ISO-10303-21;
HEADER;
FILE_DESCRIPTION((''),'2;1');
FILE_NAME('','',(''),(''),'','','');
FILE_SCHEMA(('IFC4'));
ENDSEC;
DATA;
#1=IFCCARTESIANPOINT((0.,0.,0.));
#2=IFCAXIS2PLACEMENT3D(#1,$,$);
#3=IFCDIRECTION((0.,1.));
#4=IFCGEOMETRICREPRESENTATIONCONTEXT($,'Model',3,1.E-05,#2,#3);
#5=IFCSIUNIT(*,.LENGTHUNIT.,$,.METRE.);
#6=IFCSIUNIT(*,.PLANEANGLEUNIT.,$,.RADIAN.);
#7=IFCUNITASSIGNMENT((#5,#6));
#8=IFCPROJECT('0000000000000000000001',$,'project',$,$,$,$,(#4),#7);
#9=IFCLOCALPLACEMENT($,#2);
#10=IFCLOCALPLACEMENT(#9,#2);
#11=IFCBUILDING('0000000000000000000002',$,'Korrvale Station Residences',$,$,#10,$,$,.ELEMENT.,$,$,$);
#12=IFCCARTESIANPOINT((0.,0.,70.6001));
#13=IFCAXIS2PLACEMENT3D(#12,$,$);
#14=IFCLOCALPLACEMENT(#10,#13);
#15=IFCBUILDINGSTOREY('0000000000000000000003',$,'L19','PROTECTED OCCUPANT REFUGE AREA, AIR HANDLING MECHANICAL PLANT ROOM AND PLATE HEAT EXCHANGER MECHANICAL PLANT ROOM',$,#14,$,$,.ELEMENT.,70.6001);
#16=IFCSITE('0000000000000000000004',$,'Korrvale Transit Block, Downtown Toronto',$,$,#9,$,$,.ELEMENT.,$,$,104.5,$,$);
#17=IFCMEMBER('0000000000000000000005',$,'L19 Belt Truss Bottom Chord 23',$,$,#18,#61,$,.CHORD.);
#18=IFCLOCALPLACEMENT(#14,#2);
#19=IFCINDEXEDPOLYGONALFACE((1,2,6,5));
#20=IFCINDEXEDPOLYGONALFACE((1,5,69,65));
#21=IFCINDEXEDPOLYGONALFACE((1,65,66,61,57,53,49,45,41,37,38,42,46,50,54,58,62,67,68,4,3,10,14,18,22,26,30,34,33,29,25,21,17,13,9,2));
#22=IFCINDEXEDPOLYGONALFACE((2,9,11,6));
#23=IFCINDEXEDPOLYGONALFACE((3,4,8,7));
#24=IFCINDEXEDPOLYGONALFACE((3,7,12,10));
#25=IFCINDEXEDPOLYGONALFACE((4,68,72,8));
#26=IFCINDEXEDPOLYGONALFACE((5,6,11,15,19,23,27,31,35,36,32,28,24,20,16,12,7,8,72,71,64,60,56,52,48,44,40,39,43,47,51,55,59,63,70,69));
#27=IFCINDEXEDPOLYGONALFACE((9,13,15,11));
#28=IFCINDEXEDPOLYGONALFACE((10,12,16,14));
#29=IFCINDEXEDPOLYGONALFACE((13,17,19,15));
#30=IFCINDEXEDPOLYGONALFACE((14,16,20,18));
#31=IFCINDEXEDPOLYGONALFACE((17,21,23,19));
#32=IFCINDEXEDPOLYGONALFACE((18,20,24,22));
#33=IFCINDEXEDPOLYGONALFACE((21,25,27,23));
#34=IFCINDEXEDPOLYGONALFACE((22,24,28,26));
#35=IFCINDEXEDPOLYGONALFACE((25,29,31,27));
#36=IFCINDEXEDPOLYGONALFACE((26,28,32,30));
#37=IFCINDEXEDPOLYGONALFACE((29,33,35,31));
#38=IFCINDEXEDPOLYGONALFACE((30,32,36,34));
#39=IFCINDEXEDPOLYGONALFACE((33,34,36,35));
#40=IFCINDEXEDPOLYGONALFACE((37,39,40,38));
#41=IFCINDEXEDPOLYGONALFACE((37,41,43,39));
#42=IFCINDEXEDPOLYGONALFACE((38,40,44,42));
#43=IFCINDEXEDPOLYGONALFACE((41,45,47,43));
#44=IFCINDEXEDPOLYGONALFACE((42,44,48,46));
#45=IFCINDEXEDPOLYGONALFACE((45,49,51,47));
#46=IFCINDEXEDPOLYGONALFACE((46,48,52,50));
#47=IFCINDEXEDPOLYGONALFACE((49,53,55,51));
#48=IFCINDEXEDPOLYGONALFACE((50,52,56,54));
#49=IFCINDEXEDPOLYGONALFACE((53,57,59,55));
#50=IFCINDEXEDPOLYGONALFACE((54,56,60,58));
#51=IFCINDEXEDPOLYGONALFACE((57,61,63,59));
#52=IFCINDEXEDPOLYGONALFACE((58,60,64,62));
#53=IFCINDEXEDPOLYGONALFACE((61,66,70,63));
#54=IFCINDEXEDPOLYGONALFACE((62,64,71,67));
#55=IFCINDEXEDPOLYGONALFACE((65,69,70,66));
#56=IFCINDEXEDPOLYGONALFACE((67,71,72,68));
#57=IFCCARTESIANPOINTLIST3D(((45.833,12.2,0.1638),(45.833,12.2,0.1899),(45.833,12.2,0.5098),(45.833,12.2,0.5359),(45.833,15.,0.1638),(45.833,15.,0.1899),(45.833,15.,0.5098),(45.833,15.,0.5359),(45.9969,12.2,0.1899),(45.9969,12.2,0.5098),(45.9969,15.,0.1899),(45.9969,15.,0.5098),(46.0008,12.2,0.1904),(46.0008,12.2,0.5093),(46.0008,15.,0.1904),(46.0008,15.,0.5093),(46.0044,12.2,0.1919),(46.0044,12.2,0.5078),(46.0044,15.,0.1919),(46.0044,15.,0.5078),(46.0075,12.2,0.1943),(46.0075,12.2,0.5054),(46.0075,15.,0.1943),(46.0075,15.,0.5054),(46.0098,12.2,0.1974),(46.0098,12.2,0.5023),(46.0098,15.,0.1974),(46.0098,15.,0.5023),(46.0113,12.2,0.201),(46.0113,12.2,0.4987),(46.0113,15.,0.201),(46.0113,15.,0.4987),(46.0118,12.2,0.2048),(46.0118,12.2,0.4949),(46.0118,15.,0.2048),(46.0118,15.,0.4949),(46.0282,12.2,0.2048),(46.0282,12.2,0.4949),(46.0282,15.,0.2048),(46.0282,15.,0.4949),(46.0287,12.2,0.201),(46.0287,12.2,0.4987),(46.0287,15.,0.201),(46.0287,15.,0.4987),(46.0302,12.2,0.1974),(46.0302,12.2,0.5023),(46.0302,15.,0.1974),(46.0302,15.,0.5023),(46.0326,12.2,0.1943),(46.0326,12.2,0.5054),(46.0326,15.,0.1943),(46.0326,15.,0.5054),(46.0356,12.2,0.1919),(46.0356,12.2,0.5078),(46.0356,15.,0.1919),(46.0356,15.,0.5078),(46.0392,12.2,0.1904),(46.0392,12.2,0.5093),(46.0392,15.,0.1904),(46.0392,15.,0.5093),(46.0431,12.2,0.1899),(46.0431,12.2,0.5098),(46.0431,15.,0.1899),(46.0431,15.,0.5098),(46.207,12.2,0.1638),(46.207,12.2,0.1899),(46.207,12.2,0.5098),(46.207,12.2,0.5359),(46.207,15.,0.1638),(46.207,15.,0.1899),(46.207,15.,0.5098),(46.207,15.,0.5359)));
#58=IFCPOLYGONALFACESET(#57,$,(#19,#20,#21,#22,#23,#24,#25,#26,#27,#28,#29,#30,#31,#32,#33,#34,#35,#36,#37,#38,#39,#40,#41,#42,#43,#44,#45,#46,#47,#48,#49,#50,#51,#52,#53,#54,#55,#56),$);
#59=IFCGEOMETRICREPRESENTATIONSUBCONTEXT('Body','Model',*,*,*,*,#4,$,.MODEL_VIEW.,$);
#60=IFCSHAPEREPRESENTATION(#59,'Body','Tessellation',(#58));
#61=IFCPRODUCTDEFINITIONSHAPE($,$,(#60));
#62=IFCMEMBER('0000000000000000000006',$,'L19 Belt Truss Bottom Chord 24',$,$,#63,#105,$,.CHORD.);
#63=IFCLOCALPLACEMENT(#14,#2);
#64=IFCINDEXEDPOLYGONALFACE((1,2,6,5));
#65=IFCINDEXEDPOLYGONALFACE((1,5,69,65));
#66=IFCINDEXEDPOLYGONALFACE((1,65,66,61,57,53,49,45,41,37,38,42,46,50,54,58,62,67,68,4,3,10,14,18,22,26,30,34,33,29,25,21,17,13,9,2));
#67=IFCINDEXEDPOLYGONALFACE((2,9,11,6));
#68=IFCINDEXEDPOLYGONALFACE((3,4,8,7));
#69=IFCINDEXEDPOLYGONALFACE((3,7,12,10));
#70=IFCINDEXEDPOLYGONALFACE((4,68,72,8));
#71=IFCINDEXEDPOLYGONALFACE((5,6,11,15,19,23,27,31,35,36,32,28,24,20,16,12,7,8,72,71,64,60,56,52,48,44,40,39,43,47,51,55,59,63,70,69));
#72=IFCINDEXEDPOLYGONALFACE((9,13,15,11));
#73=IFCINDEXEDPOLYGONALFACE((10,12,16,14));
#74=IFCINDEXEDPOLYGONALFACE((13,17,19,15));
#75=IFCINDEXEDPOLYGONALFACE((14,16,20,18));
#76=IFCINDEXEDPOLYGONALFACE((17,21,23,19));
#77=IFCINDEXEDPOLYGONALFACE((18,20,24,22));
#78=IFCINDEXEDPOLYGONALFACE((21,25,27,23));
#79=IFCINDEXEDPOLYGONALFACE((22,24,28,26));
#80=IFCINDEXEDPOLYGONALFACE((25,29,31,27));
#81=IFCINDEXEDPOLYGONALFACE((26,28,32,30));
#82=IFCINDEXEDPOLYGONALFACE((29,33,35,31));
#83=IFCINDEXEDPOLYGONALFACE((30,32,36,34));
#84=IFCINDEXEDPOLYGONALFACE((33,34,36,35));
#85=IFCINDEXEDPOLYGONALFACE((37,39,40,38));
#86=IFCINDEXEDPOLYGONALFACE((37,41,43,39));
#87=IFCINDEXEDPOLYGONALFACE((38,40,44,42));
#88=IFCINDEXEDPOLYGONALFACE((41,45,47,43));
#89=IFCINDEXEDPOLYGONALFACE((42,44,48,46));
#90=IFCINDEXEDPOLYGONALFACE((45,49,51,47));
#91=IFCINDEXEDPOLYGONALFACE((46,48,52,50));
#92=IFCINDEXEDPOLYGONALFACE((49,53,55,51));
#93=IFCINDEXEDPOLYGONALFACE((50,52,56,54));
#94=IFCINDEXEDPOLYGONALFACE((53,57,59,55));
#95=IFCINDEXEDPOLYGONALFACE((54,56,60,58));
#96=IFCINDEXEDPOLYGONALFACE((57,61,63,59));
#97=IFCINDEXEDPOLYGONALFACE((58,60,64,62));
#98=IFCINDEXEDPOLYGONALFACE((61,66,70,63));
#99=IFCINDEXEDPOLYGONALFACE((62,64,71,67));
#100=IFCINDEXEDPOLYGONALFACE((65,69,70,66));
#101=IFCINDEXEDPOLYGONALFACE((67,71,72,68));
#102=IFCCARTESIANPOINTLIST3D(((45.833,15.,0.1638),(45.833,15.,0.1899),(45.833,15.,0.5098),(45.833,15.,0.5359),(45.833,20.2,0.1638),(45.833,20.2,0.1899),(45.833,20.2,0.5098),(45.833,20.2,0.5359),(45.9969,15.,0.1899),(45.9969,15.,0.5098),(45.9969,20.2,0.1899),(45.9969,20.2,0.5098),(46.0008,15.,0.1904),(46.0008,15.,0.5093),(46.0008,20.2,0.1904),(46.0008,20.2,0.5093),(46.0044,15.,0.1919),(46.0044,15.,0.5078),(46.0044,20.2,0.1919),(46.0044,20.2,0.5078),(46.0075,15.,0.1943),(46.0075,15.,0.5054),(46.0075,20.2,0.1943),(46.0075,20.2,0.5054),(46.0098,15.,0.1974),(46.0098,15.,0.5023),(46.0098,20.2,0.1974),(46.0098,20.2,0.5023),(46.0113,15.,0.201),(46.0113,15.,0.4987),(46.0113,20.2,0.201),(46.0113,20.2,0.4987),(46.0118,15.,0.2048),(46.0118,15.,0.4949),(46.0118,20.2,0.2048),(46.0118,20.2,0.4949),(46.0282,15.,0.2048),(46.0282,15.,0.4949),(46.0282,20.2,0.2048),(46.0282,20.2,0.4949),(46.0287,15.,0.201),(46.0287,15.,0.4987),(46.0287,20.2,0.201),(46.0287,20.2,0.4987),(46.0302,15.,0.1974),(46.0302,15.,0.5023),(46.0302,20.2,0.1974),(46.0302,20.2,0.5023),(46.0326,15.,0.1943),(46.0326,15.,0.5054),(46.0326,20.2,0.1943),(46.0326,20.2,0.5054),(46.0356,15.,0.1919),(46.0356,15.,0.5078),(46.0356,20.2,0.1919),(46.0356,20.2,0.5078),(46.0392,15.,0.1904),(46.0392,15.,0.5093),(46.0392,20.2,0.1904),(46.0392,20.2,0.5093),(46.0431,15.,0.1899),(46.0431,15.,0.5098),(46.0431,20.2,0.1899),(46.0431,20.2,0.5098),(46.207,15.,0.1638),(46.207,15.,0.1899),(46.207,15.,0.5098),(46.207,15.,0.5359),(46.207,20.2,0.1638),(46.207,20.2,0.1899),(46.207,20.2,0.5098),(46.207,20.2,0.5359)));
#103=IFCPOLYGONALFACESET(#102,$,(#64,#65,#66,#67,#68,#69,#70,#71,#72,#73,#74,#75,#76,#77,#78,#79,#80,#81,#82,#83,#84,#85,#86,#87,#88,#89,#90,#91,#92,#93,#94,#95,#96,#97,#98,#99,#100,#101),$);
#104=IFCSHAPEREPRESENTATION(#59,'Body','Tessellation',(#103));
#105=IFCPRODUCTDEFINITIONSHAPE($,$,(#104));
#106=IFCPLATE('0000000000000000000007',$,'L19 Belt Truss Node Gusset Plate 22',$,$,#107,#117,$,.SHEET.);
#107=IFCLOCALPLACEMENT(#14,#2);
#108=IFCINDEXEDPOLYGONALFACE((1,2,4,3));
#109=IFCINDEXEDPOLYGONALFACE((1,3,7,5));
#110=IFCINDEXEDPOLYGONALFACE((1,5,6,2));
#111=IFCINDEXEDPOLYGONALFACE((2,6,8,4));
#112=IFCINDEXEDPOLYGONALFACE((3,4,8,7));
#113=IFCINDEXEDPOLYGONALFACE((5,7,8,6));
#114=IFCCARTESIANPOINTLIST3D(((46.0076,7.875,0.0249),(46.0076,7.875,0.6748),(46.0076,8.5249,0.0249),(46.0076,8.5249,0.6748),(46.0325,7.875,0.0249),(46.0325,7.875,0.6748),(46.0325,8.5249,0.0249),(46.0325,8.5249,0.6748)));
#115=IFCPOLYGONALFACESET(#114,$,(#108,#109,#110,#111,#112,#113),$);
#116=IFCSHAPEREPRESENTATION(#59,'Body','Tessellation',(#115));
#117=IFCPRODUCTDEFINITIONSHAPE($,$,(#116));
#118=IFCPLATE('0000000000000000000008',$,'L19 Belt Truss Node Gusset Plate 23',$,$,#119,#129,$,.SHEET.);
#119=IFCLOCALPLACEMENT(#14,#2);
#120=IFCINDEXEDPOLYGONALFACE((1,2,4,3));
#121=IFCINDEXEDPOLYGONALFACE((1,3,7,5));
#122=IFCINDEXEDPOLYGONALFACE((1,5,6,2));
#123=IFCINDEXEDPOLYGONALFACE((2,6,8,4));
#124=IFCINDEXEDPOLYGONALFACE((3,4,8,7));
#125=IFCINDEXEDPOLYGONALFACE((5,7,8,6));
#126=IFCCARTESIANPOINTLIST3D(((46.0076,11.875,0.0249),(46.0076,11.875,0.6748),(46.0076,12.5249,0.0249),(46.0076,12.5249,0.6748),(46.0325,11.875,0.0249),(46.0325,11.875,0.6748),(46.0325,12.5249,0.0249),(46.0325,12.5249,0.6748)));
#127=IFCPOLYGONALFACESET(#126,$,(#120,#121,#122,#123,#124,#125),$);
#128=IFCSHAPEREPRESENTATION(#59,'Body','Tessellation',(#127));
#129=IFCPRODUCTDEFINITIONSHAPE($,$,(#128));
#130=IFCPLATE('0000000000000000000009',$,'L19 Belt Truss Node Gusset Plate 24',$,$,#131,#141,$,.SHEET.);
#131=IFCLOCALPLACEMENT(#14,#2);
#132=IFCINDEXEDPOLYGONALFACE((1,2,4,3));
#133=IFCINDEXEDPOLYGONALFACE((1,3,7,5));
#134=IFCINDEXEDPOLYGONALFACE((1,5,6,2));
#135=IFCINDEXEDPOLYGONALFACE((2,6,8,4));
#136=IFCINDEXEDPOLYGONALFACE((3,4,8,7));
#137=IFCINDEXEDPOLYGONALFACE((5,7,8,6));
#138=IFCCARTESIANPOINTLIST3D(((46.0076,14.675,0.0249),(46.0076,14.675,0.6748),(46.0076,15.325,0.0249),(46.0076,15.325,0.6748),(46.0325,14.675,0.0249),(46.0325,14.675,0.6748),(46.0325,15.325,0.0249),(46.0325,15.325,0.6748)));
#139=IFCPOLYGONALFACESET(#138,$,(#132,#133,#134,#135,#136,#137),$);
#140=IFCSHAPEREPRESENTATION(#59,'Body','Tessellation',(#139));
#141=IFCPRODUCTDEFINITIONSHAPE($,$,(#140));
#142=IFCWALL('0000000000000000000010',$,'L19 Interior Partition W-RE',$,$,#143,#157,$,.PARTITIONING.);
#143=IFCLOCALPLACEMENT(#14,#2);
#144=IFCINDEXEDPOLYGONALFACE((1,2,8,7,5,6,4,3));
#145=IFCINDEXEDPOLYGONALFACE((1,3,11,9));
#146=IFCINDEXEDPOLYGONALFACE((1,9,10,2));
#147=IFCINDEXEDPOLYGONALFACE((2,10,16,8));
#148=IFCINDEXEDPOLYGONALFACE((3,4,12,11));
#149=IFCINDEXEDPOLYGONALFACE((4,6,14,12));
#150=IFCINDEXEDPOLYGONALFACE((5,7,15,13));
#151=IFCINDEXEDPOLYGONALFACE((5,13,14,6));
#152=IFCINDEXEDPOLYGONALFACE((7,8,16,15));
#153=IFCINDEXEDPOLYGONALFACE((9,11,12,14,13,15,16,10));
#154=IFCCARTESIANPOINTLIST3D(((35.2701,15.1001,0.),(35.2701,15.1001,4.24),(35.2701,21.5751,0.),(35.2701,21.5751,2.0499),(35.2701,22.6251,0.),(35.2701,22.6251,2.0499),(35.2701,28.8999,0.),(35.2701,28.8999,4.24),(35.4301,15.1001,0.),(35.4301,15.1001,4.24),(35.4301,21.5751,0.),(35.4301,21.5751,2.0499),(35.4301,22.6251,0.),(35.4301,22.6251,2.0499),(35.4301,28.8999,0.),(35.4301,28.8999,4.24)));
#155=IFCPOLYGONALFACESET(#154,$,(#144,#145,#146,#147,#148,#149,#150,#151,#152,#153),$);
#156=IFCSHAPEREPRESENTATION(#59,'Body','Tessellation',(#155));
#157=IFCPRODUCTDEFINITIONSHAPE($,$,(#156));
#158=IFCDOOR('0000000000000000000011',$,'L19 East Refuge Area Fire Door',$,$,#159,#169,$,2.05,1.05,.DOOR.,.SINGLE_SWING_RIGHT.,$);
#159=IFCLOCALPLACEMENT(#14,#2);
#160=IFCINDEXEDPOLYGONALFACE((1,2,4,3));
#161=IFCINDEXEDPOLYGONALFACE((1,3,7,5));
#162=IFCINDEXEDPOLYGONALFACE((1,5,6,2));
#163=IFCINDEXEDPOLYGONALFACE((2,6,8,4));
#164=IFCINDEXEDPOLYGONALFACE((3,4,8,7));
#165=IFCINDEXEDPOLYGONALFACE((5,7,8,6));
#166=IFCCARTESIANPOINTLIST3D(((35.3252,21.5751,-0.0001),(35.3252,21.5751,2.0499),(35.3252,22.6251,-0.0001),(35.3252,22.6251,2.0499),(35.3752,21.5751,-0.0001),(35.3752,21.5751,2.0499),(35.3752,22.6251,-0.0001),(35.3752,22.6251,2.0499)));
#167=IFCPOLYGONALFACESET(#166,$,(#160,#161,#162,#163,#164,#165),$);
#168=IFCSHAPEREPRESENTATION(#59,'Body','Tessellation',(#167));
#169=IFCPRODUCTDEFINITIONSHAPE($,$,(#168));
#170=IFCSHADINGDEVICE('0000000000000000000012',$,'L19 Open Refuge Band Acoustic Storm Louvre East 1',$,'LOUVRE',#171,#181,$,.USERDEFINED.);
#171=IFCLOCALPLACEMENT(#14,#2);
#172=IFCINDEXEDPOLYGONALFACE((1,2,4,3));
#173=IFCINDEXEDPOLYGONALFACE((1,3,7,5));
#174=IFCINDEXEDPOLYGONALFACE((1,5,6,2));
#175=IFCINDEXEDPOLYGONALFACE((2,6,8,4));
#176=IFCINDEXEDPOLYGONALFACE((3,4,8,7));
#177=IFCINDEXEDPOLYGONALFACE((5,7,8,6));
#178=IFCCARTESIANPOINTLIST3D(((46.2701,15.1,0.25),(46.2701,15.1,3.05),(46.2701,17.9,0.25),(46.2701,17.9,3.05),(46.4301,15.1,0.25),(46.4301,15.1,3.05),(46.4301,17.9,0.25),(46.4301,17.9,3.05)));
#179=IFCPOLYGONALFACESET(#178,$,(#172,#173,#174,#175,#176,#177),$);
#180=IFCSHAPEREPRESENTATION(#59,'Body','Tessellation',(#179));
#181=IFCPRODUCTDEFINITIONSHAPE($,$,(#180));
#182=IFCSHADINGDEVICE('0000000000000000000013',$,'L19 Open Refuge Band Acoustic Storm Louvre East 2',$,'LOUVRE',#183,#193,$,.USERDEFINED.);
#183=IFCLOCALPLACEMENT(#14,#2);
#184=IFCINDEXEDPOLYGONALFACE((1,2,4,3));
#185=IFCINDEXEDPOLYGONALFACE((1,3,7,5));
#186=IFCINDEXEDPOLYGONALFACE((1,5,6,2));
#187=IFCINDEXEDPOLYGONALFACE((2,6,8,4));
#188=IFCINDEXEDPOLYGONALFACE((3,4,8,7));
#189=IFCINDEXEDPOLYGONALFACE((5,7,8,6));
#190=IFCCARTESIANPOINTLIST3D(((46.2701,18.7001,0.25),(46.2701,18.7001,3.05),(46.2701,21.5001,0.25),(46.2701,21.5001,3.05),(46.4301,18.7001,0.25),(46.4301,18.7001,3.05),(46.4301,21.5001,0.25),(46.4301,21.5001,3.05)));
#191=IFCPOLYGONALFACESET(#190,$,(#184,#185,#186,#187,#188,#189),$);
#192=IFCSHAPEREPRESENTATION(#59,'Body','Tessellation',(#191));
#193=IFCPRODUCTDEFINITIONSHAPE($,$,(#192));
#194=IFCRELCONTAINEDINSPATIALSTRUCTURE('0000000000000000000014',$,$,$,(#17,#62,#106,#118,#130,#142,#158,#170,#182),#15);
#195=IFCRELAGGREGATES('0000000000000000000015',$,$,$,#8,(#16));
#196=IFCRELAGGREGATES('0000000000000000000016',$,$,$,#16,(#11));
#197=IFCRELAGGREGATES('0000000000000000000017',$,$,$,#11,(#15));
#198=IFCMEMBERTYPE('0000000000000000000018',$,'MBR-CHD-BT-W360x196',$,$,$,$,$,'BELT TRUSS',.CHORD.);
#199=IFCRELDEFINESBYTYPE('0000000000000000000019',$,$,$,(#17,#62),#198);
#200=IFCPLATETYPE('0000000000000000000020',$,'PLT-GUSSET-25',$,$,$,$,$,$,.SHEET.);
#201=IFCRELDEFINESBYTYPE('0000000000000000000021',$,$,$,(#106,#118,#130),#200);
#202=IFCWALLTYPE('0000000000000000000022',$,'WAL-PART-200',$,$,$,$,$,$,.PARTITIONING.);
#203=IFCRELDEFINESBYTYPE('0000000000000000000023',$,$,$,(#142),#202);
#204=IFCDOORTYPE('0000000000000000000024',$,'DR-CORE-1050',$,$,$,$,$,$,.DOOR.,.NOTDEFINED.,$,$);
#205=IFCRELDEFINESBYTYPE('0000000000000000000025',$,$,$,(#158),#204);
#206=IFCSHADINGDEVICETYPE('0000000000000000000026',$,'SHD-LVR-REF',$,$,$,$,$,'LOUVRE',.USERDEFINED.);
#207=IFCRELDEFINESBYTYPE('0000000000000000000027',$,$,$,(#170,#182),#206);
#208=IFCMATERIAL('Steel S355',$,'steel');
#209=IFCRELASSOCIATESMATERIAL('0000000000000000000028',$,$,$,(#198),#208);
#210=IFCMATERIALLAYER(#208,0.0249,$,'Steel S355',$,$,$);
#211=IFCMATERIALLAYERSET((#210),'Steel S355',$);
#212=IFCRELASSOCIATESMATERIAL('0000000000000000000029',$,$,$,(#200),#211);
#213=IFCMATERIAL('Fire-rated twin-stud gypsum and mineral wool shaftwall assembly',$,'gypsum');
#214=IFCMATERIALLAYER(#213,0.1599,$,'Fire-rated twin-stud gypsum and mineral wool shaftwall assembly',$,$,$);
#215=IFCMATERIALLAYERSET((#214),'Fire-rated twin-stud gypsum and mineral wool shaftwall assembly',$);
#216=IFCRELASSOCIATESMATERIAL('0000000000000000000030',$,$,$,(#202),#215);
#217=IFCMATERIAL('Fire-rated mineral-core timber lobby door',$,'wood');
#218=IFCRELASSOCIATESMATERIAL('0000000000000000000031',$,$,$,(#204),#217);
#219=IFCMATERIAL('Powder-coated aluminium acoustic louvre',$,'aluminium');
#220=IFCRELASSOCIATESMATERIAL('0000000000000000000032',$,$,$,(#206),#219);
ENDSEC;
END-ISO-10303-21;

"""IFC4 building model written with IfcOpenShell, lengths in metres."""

from ifc_helpers import new_model, si_unit, direction, frame, frame_2d, origin, origin_2d, place, context, subcontext, project, spatial, rectangle, i_section, extrude, material, layer, layer_set, material_profile, profile_set, type_object, element, fill, save


model = new_model("IFC4")

# Units and contexts
model_context = context("Model", 3, precision=1e-05, world=origin(), true_north=direction((0.0, 1.0)))
body_context = subcontext(model_context, "Body", "Model", "MODEL_VIEW")
ifc_project = project(units=[si_unit("LENGTHUNIT", "METRE"), si_unit("PLANEANGLEUNIT", "RADIAN")], contexts=[model_context])

# Site, building, storey
site_placement = place(None, origin())
site = spatial("IfcSite", under=ifc_project, at=site_placement, Name="Korrvale Transit Block, Downtown Toronto", CompositionType="ELEMENT", RefElevation=104.5)
building_placement = place(site_placement, origin())
building = spatial("IfcBuilding", under=site, at=building_placement, Name="Korrvale Station Residences", CompositionType="ELEMENT")
storey_placement = place(building_placement, frame((0.0, 0.0, 70.6001)))
storey = spatial("IfcBuildingStorey", under=building, at=storey_placement, Name="L19", Description="PROTECTED OCCUPANT REFUGE AREA, AIR HANDLING MECHANICAL PLANT ROOM AND PLATE HEAT EXCHANGER MECHANICAL PLANT ROOM", CompositionType="ELEMENT", Elevation=70.6001)

# Members
ifc_material_1 = material(Name="Steel S355", Category="steel")
ifc_material_profile_1 = material_profile(ifc_material_1, i_section(OverallWidth=0.374, OverallDepth=0.3721, WebThickness=0.0164, FlangeThickness=0.0261, FilletRadius=0.0149, at=origin_2d()), Name="W360x196")
ifc_profile_set_1 = profile_set([ifc_material_profile_1], Name="Steel S355")
member_type_1 = type_object("IfcMemberType", Name="MBR-CHD-BT-W360x196", ElementType="BELT TRUSS", PredefinedType="CHORD", material=ifc_profile_set_1)
member_1_placement = place(storey_placement, frame((46.02, 12.2, 0.3499), z_axis=(0.0, 1.0, 0.0), x_axis=(-1.0, 0.0, 0.0)))
element("IfcMember", 1, at=member_1_placement, inside=storey, type_object=member_type_1, Name="L19 Belt Truss Bottom Chord 23", PredefinedType="CHORD", context=body_context, shape_type="SweptSolid", body=[
    extrude(i_section(OverallWidth=0.374, OverallDepth=0.3721, WebThickness=0.0164, FlangeThickness=0.0261, FilletRadius=0.0149, at=origin_2d()), origin(), (0.0, 0.0, 1.0), 2.8),
])
member_2_placement = place(storey_placement, frame((46.02, 15.0, 0.3499), z_axis=(0.0, 1.0, 0.0), x_axis=(-1.0, 0.0, 0.0)))
element("IfcMember", 2, at=member_2_placement, inside=storey, type_object=member_type_1, Name="L19 Belt Truss Bottom Chord 24", PredefinedType="CHORD", context=body_context, shape_type="SweptSolid", body=[
    extrude(i_section(OverallWidth=0.374, OverallDepth=0.3721, WebThickness=0.0164, FlangeThickness=0.0261, FilletRadius=0.0149, at=origin_2d()), origin(), (0.0, 0.0, 1.0), 5.2),
])

# Plates
ifc_layer_1 = layer(ifc_material_1, 0.0249, Name="Steel S355")
ifc_layer_set_1 = layer_set([ifc_layer_1], Name="Steel S355")
plate_type = type_object("IfcPlateType", Name="PLT-GUSSET-25", PredefinedType="SHEET", material=ifc_layer_set_1)
for number, where, z_axis, x_axis, name in (
    (3, (46.02, 8.2, 0.0249), (0.0, 0.0, 1.0), (0.0, 1.0, 0.0), "L19 Belt Truss Node Gusset Plate 22"),
    (4, (46.02, 12.2, 0.0249), (0.0, 0.0, 1.0), (0.0, 1.0, 0.0), "L19 Belt Truss Node Gusset Plate 23"),
    (5, (46.02, 15.0, 0.0249), (0.0, 0.0, 1.0), (0.0, 1.0, 0.0), "L19 Belt Truss Node Gusset Plate 24"),
):
    element("IfcPlate", number, at=place(storey_placement, frame(where, z_axis=z_axis, x_axis=x_axis)), inside=storey, type_object=plate_type, Name=name, PredefinedType="SHEET", context=body_context, shape_type="SweptSolid", body=[
        extrude(rectangle(XDim=0.6499, YDim=0.0249, at=origin_2d()), origin(), (0.0, 0.0, 1.0), 0.6499),
    ])

# Wall, opening, door
ifc_material_2 = material(Name="Fire-rated twin-stud gypsum and mineral wool shaftwall assembly", Category="gypsum")
ifc_layer_2 = layer(ifc_material_2, 0.1599, Name="Fire-rated twin-stud gypsum and mineral wool shaftwall assembly")
ifc_layer_set_2 = layer_set([ifc_layer_2], Name="Fire-rated twin-stud gypsum and mineral wool shaftwall assembly")
wall_type = type_object("IfcWallType", Name="WAL-PART-200", PredefinedType="PARTITIONING", material=ifc_layer_set_2)
wall_placement = place(storey_placement, frame((35.3501, 15.1001, 0.0), z_axis=(0.0, 0.0, 1.0), x_axis=(0.0, 1.0, 0.0)))
wall = element("IfcWall", 6, at=wall_placement, inside=storey, type_object=wall_type, Name="L19 Interior Partition W-RE", PredefinedType="PARTITIONING", context=body_context, shape_type="SweptSolid", body=[
    extrude(rectangle(XDim=13.7998, YDim=0.1599, at=frame_2d((6.8999, 0.0))), origin(), (0.0, 0.0, 1.0), 4.24),
])
opening_placement = place(wall_placement, frame((6.4751, 0.0, 0.0)))
opening = element("IfcOpeningElement", 7, at=opening_placement, cuts=wall, PredefinedType="OPENING", context=body_context, shape_type="SweptSolid", body=[
    extrude(rectangle(XDim=1.05, YDim=2.05, at=frame_2d((0.5249, 1.0249))), frame((0.0, 0.0898, 0.0), z_axis=(0.0, -1.0, 0.0), x_axis=(1.0, 0.0, 0.0)), (0.0, 0.0, 1.0), 0.1799),
])
ifc_material_3 = material(Name="Fire-rated mineral-core timber lobby door", Category="wood")
door_type = type_object("IfcDoorType", Name="DR-CORE-1050", OperationType="NOTDEFINED", PredefinedType="DOOR", material=ifc_material_3)
door_placement = place(opening_placement, origin())
door = element("IfcDoor", 8, at=door_placement, inside=storey, type_object=door_type, Name="L19 East Refuge Area Fire Door", OperationType="SINGLE_SWING_RIGHT", OverallHeight=2.05, OverallWidth=1.05, PredefinedType="DOOR", context=body_context, shape_type="SweptSolid", body=[
    extrude(rectangle(XDim=1.05, YDim=2.05, at=frame_2d((0.5249, 1.0249))), frame((0.0, 0.0249, 0.0), z_axis=(0.0, -1.0, 0.0), x_axis=(1.0, 0.0, 0.0)), (0.0, 0.0, 1.0), 0.05),
])
fill(opening, door)

# Shading devices
ifc_material_4 = material(Name="Powder-coated aluminium acoustic louvre", Category="aluminium")
shading_device_type = type_object("IfcShadingDeviceType", Name="SHD-LVR-REF", ElementType="LOUVRE", PredefinedType="USERDEFINED", material=ifc_material_4)
for number, where, z_axis, x_axis, name in (
    (9, (46.3501, 16.5, 0.25), (0.0, 0.0, 1.0), (1.0, 0.0, 0.0), "L19 Open Refuge Band Acoustic Storm Louvre East 1"),
    (10, (46.3501, 20.1001, 0.25), (0.0, 0.0, 1.0), (1.0, 0.0, 0.0), "L19 Open Refuge Band Acoustic Storm Louvre East 2"),
):
    element("IfcShadingDevice", number, at=place(storey_placement, frame(where, z_axis=z_axis, x_axis=x_axis)), inside=storey, type_object=shading_device_type, Name=name, ObjectType="LOUVRE", PredefinedType="USERDEFINED", context=body_context, shape_type="SweptSolid", body=[
        extrude(rectangle(XDim=0.1599, YDim=2.8, at=origin_2d()), origin(), (0.0, 0.0, 1.0), 2.8),
    ])

save(model, "model.ifc")
